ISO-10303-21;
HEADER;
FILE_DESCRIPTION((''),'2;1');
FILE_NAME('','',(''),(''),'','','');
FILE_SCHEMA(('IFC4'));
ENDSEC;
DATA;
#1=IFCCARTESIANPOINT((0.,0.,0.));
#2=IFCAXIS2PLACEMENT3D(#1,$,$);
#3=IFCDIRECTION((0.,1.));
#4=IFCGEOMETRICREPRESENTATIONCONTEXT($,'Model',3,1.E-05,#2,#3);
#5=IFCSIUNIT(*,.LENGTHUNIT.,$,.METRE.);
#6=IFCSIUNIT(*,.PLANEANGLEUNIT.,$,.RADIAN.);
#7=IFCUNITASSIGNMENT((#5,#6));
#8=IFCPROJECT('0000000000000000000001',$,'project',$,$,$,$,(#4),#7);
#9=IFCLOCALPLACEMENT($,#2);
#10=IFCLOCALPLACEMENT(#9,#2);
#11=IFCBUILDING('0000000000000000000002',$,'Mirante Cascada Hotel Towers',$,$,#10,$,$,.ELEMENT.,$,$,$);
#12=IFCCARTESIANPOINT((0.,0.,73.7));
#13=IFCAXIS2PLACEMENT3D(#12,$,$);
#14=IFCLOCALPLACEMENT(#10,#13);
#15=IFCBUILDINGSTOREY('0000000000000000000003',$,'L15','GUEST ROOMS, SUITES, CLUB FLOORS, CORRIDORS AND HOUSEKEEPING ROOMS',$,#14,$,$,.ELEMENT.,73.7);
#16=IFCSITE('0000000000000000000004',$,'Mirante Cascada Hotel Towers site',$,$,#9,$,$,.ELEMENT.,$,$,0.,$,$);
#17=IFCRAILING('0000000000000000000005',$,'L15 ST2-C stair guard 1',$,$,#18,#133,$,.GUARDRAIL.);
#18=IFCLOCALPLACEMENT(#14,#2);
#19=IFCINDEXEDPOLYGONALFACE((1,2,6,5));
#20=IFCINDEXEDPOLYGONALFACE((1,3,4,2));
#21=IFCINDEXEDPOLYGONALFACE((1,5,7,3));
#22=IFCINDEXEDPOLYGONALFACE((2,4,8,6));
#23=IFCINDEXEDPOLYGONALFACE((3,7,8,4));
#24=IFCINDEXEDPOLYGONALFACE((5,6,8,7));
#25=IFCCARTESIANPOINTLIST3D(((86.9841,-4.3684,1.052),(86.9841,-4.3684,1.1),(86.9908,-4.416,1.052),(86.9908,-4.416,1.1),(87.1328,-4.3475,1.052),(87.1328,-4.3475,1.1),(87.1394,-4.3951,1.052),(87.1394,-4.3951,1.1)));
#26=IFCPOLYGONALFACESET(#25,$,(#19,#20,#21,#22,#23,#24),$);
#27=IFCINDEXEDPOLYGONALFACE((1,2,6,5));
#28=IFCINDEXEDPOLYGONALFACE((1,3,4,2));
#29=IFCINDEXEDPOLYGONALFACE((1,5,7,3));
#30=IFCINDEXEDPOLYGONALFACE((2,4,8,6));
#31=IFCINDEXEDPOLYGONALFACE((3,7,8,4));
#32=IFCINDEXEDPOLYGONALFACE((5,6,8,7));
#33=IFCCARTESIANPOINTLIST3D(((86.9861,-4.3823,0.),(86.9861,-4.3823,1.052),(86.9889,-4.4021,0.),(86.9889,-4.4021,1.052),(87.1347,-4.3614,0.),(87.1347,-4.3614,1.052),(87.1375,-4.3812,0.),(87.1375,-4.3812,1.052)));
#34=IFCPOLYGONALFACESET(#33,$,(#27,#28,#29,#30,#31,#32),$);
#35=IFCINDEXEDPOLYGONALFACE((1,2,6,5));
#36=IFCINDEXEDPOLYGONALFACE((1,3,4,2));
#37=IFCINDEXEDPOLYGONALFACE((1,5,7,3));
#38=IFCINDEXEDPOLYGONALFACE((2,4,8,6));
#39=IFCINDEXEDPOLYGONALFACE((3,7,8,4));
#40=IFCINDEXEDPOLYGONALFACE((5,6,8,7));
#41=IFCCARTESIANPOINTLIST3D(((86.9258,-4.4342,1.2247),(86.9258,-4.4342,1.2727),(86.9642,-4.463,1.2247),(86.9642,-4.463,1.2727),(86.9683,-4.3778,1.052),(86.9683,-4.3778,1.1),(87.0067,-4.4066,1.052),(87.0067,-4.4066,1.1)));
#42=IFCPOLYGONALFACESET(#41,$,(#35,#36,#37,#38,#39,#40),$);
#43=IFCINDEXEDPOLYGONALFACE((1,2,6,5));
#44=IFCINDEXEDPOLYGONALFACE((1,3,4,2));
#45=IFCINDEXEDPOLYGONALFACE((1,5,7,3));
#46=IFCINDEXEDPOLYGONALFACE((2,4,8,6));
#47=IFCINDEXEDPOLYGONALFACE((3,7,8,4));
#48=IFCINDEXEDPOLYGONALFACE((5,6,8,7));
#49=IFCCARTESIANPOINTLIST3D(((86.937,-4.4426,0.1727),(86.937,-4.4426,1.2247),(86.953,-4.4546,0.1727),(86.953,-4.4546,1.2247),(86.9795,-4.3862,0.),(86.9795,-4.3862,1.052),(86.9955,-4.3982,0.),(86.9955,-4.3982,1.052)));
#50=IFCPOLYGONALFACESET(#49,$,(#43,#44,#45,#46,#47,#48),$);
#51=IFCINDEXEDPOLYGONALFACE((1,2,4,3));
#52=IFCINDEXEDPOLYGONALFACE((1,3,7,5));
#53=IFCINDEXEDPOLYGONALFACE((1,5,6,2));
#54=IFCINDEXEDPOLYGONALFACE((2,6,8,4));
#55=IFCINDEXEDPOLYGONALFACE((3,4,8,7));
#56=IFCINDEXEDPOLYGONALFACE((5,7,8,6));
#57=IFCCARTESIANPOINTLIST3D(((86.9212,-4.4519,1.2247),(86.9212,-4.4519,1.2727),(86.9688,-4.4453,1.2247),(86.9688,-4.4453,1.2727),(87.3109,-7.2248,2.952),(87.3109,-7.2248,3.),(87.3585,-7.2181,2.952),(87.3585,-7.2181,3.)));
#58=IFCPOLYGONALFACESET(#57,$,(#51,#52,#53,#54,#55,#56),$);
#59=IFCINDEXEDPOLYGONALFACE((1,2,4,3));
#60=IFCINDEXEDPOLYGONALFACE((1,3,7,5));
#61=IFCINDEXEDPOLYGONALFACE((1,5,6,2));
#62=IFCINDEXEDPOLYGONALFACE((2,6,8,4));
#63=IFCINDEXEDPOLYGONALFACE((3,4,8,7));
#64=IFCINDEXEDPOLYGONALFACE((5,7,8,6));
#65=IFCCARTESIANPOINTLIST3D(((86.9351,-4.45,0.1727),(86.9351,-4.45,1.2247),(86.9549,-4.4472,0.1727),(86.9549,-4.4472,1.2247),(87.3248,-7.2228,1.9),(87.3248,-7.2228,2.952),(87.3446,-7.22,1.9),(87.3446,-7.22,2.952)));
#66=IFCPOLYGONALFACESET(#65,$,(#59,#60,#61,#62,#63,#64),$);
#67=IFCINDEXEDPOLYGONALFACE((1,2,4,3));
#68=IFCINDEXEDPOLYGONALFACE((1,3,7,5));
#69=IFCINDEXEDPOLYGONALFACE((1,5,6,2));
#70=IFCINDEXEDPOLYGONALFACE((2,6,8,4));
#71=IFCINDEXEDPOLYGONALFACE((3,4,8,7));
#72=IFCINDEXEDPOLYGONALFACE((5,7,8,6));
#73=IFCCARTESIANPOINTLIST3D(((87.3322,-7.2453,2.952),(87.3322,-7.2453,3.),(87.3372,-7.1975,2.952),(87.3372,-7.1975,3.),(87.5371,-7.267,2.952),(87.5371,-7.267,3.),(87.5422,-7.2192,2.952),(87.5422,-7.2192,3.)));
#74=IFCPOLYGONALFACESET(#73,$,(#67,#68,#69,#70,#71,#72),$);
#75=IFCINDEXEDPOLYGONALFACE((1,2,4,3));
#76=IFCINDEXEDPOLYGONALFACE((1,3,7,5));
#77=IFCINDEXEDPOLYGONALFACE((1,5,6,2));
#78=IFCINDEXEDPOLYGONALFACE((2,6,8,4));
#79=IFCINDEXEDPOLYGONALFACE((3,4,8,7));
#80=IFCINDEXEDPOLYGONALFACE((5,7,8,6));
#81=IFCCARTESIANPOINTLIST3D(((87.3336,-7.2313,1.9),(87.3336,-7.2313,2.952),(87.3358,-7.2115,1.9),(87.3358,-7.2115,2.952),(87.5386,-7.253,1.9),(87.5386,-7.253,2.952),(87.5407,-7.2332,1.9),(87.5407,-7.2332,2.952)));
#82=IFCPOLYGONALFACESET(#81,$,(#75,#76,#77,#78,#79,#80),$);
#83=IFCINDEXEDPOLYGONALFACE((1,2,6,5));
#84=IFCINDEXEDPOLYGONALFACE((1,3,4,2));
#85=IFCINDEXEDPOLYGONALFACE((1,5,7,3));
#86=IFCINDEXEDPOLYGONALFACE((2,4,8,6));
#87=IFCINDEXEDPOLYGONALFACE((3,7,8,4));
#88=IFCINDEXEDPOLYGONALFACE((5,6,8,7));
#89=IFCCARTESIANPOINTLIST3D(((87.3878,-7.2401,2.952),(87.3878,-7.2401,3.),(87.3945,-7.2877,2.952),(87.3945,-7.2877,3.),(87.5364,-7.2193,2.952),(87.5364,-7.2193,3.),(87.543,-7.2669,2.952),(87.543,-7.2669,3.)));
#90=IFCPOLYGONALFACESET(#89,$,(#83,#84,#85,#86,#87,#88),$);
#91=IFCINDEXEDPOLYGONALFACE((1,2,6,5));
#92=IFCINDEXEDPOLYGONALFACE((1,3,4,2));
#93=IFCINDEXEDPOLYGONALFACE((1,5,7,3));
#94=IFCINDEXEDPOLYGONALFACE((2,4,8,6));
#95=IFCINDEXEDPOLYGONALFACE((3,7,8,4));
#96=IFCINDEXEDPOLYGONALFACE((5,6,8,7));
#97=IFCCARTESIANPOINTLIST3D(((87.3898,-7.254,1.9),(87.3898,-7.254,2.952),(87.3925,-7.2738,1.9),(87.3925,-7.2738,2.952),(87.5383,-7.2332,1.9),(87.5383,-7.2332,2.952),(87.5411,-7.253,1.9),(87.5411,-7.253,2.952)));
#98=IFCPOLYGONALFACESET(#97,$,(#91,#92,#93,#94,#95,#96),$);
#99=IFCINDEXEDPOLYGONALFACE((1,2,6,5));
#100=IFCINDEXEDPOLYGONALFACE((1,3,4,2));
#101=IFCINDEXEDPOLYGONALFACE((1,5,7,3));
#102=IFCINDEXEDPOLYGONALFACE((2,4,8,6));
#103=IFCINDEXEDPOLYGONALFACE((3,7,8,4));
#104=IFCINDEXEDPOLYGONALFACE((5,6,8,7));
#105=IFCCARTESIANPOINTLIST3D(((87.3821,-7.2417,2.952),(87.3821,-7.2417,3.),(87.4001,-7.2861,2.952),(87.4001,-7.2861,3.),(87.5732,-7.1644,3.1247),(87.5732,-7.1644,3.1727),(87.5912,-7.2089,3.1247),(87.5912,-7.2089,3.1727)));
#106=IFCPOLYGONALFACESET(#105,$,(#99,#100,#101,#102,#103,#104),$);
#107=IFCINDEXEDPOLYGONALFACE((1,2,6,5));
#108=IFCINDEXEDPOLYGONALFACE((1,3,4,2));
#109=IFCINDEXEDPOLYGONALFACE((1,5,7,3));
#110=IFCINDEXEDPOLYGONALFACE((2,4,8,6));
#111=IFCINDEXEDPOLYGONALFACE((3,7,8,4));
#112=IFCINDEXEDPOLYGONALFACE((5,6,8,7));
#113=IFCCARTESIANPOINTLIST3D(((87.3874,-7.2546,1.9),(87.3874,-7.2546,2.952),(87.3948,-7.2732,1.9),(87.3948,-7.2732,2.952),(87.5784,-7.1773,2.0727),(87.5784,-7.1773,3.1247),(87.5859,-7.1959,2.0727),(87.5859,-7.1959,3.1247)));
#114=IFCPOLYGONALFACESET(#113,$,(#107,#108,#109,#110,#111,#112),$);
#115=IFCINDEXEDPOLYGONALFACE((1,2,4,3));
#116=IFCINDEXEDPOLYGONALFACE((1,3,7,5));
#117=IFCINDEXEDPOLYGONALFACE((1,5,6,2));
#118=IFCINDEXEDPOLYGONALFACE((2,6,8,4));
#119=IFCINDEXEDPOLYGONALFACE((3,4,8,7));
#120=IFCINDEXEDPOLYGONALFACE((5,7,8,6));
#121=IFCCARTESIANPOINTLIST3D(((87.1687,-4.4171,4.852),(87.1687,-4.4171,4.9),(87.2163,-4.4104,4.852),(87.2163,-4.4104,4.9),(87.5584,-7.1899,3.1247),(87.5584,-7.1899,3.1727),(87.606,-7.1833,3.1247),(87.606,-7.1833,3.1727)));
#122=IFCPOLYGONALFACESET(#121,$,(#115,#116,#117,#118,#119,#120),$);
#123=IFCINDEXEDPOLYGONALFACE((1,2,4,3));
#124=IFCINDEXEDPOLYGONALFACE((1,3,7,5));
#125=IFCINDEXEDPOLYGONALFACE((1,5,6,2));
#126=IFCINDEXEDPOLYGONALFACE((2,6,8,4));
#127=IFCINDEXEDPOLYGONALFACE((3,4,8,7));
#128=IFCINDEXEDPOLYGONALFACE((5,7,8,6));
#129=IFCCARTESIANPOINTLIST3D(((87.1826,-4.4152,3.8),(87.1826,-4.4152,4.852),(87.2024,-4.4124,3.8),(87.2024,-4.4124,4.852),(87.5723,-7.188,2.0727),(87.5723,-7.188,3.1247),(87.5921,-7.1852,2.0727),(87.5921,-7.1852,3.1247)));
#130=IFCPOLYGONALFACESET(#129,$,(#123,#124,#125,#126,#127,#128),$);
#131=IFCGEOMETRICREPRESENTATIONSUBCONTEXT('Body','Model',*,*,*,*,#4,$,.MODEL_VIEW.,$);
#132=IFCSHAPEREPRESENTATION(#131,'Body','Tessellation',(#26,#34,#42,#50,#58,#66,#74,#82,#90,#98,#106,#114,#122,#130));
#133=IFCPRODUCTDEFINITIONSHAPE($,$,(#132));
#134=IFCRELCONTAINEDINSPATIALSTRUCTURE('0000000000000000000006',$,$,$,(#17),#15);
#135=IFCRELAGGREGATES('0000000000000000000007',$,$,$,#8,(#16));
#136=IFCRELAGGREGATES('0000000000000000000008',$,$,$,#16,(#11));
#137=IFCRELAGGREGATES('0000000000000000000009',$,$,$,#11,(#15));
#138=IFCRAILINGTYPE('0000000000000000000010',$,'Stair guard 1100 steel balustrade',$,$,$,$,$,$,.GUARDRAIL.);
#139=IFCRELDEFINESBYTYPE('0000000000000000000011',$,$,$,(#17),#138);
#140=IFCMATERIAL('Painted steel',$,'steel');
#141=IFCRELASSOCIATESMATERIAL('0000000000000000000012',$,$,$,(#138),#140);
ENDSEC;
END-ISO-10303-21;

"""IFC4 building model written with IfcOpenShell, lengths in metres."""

from ifc_helpers import new_model, si_unit, direction, frame, origin, origin_2d, place, context, subcontext, project, spatial, rectangle, extrude, material, type_object, element, save


model = new_model("IFC4")

# Units and contexts
model_context = context("Model", 3, precision=1e-05, world=origin(), true_north=direction((0.0, 1.0)))
body_context = subcontext(model_context, "Body", "Model", "MODEL_VIEW")
ifc_project = project(units=[si_unit("LENGTHUNIT", "METRE"), si_unit("PLANEANGLEUNIT", "RADIAN")], contexts=[model_context])

# Site, building, storey
site_placement = place(None, origin())
site = spatial("IfcSite", under=ifc_project, at=site_placement, Name="Mirante Cascada Hotel Towers site", CompositionType="ELEMENT", RefElevation=0.0)
building_placement = place(site_placement, origin())
building = spatial("IfcBuilding", under=site, at=building_placement, Name="Mirante Cascada Hotel Towers", CompositionType="ELEMENT")
storey_placement = place(building_placement, frame((0.0, 0.0, 73.7)))
storey = spatial("IfcBuildingStorey", under=building, at=storey_placement, Name="L15", Description="GUEST ROOMS, SUITES, CLUB FLOORS, CORRIDORS AND HOUSEKEEPING ROOMS", CompositionType="ELEMENT", Elevation=73.7)

# Railing
ifc_material_1 = material(Name="Painted steel", Category="steel")
railing_type = type_object("IfcRailingType", Name="Stair guard 1100 steel balustrade", PredefinedType="GUARDRAIL", material=ifc_material_1)
railing_placement = place(storey_placement, frame((87.1361, -4.3713, 0.0)))
element("IfcRailing", 1, at=railing_placement, inside=storey, type_object=railing_type, Name="L15 ST2-C stair guard 1", PredefinedType="GUARDRAIL", context=body_context, shape_type="SweptSolid", body=[
    extrude(rectangle(XDim=0.048, YDim=0.048, at=origin_2d()), frame((0.0, 0.0, 1.076), z_axis=(-0.990254, -0.139275, 0.0), x_axis=(0.139275, -0.990254, 0.0)), (0.0, 0.0, 1.0), 0.1501),
    extrude(rectangle(XDim=0.02, YDim=1.052, at=origin_2d()), frame((0.0, 0.0, 0.526), z_axis=(-0.990254, -0.139275, 0.0), x_axis=(0.139275, -0.990254, 0.0)), (0.0, 0.0, 1.0), 0.1501),
    extrude(rectangle(XDim=0.048, YDim=0.048, at=origin_2d()), frame((-0.1486, -0.0209, 1.076), z_axis=(-0.601811, -0.798639, 0.0), x_axis=(0.798639, -0.601811, 0.0)), (0.0, 0.925603, 0.378496), 0.1866),
    extrude(rectangle(XDim=0.02, YDim=1.052, at=origin_2d()), frame((-0.1486, -0.0209, 0.526), z_axis=(-0.601811, -0.798639, 0.0), x_axis=(0.798639, -0.601811, 0.0)), (0.0, 0.925603, 0.378496), 0.1866),
    extrude(rectangle(XDim=0.048, YDim=0.048, at=origin_2d()), frame((-0.1911, -0.0773, 1.2487), z_axis=(0.139176, -0.990268, 0.0), x_axis=(0.990268, 0.139176, 0.0)), (0.0, 0.525021, 0.851089), 3.29),
    extrude(rectangle(XDim=0.02, YDim=1.052, at=origin_2d()), frame((-0.1911, -0.0773, 0.6987), z_axis=(0.139176, -0.990268, 0.0), x_axis=(0.990268, 0.139176, 0.0)), (0.0, 0.525021, 0.851089), 3.29),
    extrude(rectangle(XDim=0.048, YDim=0.048, at=origin_2d()), frame((0.1986, -2.8501, 2.976), z_axis=(0.994444, -0.105266, 0.0), x_axis=(0.105266, 0.994444, 0.0)), (0.0, 0.0, 1.0), 0.2061),
    extrude(rectangle(XDim=0.02, YDim=1.052, at=origin_2d()), frame((0.1986, -2.8501, 2.426), z_axis=(0.994444, -0.105266, 0.0), x_axis=(0.105266, 0.994444, 0.0)), (0.0, 0.0, 1.0), 0.2061),
    extrude(rectangle(XDim=0.048, YDim=0.048, at=origin_2d()), frame((0.4036, -2.8718, 2.976), z_axis=(-0.990345, -0.138622, 0.0), x_axis=(0.138622, -0.990345, 0.0)), (0.0, 0.0, 1.0), 0.15),
    extrude(rectangle(XDim=0.02, YDim=1.052, at=origin_2d()), frame((0.4036, -2.8718, 2.426), z_axis=(-0.990345, -0.138622, 0.0), x_axis=(0.138622, -0.990345, 0.0)), (0.0, 0.0, 1.0), 0.15),
    extrude(rectangle(XDim=0.048, YDim=0.048, at=origin_2d()), frame((0.255, -2.8926, 2.976), z_axis=(0.927031, 0.374984, 0.0), x_axis=(-0.374984, 0.927031, 0.0)), (0.0, 0.64219, 0.766545), 0.2689),
    extrude(rectangle(XDim=0.02, YDim=1.052, at=origin_2d()), frame((0.255, -2.8926, 2.426), z_axis=(0.927031, 0.374984, 0.0), x_axis=(-0.374984, 0.927031, 0.0)), (0.0, 0.64219, 0.766545), 0.2689),
    extrude(rectangle(XDim=0.048, YDim=0.048, at=origin_2d()), frame((0.4461, -2.8153, 3.1487), z_axis=(-0.139176, 0.990268, 0.0), x_axis=(-0.990268, -0.139176, 0.0)), (0.0, 0.525021, 0.851089), 3.29),
    extrude(rectangle(XDim=0.02, YDim=1.052, at=origin_2d()), frame((0.4461, -2.8153, 2.5987), z_axis=(-0.139176, 0.990268, 0.0), x_axis=(-0.990268, -0.139176, 0.0)), (0.0, 0.525021, 0.851089), 3.29),
])

save(model, "model.ifc")
